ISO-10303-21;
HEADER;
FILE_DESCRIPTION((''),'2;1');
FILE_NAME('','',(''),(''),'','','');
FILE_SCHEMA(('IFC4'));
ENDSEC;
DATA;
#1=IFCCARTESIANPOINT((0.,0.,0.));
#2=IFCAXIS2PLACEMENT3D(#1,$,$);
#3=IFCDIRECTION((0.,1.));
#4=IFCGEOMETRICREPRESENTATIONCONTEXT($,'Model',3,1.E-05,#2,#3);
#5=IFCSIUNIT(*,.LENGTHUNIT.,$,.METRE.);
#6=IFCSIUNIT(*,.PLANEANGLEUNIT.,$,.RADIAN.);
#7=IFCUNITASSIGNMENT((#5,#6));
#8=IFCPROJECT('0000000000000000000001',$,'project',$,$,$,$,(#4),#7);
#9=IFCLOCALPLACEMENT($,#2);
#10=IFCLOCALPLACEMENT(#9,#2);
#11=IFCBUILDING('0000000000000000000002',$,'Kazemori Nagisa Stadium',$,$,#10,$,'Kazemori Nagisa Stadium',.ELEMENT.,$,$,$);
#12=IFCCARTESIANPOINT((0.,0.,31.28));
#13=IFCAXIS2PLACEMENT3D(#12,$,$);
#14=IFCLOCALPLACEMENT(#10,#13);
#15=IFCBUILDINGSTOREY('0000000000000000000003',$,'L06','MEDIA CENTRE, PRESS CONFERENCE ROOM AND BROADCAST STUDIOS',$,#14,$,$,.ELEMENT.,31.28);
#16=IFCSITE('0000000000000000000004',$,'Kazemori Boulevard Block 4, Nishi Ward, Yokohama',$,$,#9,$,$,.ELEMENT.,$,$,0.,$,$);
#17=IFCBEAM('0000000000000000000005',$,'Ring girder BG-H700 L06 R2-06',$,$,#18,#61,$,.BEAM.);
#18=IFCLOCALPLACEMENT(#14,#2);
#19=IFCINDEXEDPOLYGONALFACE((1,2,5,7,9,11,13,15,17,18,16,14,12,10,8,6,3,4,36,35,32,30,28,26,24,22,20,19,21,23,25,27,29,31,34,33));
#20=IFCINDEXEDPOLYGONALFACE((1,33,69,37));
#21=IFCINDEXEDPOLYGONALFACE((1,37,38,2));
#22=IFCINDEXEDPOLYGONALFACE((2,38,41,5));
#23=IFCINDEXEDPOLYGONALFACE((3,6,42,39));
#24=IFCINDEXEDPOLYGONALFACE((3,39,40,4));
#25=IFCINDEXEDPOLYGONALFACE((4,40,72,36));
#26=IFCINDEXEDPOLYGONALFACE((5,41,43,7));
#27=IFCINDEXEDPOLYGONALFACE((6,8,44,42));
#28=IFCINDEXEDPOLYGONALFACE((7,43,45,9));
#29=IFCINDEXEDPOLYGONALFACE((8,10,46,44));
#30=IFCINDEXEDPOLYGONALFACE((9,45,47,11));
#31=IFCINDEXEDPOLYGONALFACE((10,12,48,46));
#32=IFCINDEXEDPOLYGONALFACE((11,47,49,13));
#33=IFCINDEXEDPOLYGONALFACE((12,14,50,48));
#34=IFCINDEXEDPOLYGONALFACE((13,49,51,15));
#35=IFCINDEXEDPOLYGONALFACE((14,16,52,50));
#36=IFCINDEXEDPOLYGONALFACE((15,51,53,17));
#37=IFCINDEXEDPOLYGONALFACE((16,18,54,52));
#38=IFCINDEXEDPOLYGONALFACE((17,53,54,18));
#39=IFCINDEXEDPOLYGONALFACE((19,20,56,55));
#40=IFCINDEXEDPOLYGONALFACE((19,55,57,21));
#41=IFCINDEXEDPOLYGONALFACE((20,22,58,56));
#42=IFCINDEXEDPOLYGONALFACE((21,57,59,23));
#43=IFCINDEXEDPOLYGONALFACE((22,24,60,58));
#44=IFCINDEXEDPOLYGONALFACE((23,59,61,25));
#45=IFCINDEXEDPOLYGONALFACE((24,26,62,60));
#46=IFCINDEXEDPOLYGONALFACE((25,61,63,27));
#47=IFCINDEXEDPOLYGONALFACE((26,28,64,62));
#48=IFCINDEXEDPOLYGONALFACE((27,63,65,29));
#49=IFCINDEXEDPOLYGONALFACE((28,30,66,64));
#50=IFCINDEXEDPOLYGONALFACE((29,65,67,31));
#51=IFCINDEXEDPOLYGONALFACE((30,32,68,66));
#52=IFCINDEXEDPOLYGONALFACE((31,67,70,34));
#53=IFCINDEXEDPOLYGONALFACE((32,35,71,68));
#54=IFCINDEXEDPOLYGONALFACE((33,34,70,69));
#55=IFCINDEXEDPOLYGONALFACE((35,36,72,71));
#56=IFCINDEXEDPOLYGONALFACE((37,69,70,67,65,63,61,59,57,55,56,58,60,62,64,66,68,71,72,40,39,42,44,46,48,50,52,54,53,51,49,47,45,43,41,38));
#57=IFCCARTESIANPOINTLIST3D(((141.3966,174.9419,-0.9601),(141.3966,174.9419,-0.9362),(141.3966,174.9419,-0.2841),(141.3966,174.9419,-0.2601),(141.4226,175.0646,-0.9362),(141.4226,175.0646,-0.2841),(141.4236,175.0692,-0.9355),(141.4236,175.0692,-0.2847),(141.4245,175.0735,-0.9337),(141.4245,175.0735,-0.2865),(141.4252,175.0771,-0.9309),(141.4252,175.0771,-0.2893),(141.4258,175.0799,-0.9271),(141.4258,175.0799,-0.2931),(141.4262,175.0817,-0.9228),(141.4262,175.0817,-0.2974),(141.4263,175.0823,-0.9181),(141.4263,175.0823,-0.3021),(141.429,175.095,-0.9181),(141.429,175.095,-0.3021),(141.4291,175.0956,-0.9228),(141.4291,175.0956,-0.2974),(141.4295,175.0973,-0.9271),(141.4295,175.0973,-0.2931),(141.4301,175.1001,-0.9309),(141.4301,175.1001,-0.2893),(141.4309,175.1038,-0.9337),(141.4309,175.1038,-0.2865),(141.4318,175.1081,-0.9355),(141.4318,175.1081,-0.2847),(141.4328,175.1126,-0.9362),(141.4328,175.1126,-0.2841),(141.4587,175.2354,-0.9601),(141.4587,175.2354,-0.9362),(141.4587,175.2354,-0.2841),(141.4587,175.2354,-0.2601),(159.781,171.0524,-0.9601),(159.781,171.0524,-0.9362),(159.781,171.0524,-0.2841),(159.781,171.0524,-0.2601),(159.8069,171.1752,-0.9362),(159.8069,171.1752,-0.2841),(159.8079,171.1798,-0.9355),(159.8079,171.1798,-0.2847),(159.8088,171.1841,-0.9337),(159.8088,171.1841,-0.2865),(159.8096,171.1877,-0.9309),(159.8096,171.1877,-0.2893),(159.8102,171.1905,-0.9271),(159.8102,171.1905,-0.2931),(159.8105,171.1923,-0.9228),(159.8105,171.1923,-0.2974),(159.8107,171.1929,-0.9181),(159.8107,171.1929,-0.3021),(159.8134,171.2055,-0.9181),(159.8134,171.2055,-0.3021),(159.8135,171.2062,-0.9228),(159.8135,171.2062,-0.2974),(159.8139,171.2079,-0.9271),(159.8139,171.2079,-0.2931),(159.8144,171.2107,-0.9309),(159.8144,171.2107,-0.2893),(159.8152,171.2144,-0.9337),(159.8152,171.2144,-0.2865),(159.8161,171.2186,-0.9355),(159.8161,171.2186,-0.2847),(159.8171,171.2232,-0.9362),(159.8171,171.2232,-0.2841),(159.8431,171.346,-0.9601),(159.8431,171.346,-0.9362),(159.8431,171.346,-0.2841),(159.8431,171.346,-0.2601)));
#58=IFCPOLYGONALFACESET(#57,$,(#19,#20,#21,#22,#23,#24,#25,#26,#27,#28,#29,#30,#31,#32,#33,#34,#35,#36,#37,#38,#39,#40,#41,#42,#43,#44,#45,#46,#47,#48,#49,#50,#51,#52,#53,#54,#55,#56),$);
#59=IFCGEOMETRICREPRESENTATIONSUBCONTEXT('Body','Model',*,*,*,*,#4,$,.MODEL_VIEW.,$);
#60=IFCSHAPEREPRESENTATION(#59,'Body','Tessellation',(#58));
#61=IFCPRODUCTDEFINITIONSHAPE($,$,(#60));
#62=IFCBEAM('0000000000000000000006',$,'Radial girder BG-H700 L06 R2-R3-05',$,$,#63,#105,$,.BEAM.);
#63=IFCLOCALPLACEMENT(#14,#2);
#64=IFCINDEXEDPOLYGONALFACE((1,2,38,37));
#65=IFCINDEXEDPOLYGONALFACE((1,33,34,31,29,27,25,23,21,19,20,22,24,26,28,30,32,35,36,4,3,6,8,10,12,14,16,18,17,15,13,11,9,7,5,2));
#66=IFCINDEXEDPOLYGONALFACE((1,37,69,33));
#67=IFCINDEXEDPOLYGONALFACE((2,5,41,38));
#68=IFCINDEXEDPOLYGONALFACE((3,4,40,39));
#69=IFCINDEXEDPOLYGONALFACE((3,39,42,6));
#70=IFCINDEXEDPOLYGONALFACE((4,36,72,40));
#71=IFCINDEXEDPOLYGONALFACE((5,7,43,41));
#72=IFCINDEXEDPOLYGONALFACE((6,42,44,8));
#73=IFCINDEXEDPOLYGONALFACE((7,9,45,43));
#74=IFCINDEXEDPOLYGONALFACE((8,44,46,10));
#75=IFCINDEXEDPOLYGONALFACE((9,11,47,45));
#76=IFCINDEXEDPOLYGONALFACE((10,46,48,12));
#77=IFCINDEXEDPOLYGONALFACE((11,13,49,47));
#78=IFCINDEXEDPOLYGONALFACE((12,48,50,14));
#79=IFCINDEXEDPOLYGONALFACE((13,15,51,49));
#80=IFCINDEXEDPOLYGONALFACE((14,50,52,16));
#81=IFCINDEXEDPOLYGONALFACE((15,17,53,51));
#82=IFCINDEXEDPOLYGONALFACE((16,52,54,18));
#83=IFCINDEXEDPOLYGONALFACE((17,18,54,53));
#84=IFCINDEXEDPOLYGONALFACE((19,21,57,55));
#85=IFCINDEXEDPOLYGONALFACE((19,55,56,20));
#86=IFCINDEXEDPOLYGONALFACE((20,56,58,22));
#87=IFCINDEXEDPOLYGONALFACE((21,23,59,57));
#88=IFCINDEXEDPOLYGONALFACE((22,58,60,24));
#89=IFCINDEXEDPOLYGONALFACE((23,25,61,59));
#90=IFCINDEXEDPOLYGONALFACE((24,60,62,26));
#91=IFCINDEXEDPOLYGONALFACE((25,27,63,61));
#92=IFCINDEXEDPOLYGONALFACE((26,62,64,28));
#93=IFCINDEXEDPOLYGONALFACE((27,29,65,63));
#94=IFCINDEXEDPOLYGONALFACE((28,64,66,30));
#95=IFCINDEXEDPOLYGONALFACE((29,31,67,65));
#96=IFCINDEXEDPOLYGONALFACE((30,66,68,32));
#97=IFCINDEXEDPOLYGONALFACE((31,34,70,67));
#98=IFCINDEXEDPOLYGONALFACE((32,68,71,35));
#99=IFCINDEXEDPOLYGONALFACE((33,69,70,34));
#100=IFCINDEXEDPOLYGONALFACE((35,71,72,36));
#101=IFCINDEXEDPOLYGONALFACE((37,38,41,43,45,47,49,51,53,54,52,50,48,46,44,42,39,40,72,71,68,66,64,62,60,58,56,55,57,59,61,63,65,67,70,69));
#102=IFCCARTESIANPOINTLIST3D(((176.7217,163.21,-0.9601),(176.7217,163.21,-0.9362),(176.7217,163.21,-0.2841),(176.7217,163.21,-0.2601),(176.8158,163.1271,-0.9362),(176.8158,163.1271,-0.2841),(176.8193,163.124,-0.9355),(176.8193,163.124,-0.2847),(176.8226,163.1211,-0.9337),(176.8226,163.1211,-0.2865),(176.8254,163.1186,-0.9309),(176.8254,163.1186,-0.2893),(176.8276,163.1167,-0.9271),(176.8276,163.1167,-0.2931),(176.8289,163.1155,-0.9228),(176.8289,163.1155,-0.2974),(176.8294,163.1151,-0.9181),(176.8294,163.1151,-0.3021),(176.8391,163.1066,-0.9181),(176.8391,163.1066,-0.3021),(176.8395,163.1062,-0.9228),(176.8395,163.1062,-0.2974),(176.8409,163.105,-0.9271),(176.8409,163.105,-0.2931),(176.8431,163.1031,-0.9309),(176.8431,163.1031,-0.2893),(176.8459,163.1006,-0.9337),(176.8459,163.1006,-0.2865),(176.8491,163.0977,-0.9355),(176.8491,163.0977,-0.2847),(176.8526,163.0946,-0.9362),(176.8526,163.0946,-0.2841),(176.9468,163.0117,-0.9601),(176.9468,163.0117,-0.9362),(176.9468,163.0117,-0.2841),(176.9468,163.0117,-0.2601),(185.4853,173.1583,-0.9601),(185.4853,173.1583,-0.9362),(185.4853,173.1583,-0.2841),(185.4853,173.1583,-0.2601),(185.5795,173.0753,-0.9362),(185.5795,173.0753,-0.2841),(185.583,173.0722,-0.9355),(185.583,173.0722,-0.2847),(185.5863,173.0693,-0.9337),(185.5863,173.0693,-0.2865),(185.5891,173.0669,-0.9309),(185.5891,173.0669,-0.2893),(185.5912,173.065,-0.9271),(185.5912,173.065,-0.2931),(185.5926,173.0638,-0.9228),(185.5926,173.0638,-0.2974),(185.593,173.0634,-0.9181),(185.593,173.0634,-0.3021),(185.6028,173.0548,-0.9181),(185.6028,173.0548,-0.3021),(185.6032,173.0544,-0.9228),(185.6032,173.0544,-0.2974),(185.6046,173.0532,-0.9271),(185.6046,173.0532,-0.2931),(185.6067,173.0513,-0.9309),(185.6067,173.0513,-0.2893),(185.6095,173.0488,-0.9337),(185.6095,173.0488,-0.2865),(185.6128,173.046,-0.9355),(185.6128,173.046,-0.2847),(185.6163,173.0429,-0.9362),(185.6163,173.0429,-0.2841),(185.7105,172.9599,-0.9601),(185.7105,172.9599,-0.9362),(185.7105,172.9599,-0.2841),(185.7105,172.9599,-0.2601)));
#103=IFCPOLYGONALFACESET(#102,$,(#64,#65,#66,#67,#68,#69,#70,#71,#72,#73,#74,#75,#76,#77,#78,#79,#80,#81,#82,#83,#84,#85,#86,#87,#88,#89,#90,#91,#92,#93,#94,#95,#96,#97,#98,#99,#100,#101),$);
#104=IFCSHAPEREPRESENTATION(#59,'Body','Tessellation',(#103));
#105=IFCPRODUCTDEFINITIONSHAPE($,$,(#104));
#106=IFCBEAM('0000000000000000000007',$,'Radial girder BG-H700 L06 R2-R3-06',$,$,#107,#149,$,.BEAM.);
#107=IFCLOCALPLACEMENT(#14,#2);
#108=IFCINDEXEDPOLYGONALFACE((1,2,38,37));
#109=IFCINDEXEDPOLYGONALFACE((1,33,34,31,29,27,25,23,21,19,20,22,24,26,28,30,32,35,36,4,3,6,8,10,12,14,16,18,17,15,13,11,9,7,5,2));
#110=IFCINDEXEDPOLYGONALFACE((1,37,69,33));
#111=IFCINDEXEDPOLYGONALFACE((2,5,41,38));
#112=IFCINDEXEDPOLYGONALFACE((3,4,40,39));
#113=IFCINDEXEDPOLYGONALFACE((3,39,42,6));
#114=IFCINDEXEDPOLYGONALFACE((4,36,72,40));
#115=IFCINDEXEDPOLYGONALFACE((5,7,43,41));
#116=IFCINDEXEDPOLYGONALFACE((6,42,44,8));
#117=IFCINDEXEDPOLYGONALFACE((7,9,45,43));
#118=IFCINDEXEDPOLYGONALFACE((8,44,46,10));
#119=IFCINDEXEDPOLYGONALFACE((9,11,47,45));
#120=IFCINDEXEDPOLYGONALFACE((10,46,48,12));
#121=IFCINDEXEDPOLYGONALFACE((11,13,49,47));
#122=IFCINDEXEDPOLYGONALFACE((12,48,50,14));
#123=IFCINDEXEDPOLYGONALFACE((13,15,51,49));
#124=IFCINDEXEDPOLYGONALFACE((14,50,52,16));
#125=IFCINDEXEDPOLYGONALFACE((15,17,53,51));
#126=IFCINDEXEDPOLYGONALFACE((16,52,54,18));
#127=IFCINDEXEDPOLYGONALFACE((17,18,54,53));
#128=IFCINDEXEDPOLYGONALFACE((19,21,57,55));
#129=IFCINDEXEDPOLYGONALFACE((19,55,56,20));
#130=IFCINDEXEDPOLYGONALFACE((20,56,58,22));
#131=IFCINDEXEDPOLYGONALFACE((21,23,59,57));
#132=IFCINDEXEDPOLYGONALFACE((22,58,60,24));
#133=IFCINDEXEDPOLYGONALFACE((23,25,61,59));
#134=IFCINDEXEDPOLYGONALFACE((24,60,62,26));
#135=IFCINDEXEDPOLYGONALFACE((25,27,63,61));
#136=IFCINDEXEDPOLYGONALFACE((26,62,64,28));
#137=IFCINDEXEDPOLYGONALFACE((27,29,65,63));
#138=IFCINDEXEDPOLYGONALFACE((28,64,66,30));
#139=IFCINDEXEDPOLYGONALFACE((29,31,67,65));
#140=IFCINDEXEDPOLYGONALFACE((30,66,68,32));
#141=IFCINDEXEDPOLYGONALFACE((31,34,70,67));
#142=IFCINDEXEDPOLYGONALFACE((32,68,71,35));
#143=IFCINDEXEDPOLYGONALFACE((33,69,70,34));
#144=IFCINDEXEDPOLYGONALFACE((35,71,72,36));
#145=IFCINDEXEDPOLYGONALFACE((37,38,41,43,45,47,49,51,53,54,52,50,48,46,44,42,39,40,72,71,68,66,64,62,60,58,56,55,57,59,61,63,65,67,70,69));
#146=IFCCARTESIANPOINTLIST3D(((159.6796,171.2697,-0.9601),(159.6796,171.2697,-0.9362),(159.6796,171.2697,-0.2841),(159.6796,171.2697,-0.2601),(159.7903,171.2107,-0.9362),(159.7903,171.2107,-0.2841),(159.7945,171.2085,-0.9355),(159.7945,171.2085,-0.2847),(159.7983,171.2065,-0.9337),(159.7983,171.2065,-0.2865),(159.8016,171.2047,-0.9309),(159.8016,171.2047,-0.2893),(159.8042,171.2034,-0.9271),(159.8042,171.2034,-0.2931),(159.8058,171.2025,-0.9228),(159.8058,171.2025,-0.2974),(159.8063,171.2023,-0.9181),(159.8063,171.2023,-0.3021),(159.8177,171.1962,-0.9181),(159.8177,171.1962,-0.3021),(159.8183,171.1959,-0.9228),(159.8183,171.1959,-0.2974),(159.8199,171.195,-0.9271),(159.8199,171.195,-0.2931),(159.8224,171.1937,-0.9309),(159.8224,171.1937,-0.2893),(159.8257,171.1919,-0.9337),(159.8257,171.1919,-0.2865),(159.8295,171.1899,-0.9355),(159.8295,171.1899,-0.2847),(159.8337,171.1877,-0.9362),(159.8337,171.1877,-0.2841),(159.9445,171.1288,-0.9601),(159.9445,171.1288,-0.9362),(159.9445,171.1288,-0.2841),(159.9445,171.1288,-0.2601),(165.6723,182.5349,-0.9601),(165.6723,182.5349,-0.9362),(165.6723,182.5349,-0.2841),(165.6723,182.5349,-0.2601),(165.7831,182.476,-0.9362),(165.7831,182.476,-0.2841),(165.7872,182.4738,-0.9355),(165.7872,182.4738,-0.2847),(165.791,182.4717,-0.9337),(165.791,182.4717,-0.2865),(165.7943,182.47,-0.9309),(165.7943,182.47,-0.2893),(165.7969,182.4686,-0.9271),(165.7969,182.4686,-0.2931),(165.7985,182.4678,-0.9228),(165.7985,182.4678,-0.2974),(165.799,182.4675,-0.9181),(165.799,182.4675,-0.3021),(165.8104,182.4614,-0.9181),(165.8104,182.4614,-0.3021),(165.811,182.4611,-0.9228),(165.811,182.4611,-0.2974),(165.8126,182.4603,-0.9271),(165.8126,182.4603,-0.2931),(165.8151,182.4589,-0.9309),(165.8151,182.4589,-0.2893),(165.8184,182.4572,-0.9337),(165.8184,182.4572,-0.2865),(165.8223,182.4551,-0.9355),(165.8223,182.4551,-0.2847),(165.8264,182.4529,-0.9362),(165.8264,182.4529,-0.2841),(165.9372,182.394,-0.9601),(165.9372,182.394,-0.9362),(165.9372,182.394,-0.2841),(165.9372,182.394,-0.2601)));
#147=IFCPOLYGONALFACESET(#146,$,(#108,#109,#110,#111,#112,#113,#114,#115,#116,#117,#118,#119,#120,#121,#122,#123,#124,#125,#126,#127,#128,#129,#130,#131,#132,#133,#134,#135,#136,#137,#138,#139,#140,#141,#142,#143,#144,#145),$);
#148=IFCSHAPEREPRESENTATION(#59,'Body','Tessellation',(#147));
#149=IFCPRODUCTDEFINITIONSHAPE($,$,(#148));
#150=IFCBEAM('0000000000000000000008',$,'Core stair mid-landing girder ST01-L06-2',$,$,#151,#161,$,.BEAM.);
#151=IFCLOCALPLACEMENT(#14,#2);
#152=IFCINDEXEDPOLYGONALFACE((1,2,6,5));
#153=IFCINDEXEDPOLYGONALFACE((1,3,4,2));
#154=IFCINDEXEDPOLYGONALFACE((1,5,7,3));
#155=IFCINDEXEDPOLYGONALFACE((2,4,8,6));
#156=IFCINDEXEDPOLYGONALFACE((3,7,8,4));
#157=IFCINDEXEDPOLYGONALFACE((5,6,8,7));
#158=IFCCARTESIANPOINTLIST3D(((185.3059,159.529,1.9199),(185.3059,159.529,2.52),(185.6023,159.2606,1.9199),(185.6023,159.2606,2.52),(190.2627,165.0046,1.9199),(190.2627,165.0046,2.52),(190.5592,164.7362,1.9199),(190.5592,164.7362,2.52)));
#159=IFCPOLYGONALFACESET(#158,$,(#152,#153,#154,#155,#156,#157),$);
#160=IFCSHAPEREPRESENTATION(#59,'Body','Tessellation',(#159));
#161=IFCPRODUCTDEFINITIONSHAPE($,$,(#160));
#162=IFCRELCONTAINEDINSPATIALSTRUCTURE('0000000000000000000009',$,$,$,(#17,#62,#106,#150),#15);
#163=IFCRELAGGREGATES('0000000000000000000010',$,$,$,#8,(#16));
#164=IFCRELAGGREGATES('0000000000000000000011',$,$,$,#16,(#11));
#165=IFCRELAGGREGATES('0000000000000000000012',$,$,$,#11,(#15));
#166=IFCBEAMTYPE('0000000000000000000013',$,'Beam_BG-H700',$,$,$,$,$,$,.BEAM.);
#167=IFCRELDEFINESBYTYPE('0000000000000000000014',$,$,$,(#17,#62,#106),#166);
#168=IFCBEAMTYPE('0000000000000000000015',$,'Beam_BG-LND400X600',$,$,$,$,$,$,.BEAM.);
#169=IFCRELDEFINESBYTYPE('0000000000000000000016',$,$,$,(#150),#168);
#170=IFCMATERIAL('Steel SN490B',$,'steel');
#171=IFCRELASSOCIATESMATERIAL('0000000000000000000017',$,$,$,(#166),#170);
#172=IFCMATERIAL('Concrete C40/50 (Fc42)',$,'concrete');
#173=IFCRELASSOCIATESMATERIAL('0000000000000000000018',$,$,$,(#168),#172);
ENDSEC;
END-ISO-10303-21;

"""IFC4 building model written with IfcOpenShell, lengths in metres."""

from ifc_helpers import new_model, si_unit, direction, frame, origin, origin_2d, place, context, subcontext, project, spatial, rectangle, i_section, extrude, material, material_profile, profile_set, type_object, element, save


model = new_model("IFC4")

# Units and contexts
model_context = context("Model", 3, precision=1e-05, world=origin(), true_north=direction((0.0, 1.0)))
body_context = subcontext(model_context, "Body", "Model", "MODEL_VIEW")
ifc_project = project(units=[si_unit("LENGTHUNIT", "METRE"), si_unit("PLANEANGLEUNIT", "RADIAN")], contexts=[model_context])

# Site, building, storey
site_placement = place(None, origin())
site = spatial("IfcSite", under=ifc_project, at=site_placement, Name="Kazemori Boulevard Block 4, Nishi Ward, Yokohama", CompositionType="ELEMENT", RefElevation=0.0)
building_placement = place(site_placement, origin())
building = spatial("IfcBuilding", under=site, at=building_placement, Name="Kazemori Nagisa Stadium", LongName="Kazemori Nagisa Stadium", CompositionType="ELEMENT")
storey_placement = place(building_placement, frame((0.0, 0.0, 31.28)))
storey = spatial("IfcBuildingStorey", under=building, at=storey_placement, Name="L06", Description="MEDIA CENTRE, PRESS CONFERENCE ROOM AND BROADCAST STUDIOS", CompositionType="ELEMENT", Elevation=31.28)

# Shared definitions
ifc_material_1 = material(Name="Steel SN490B", Category="steel")

# Beams
ifc_material_profile_1 = material_profile(ifc_material_1, i_section(OverallWidth=0.3, OverallDepth=0.7, WebThickness=0.0129, FlangeThickness=0.0239, FilletRadius=0.0181, at=origin_2d()), Name="H-700x300x13x24")
ifc_profile_set_1 = profile_set([ifc_material_profile_1], Name="Steel SN490B")
beam_type_1 = type_object("IfcBeamType", Name="Beam_BG-H700", PredefinedType="BEAM", material=ifc_profile_set_1)
beam_1_placement = place(storey_placement, frame((159.812, 171.1992, -0.6101), z_axis=(-0.978345, 0.20698, 0.0), x_axis=(-0.20698, -0.978345, 0.0)))
element("IfcBeam", 1, at=beam_1_placement, inside=storey, type_object=beam_type_1, Name="Ring girder BG-H700 L06 R2-06", PredefinedType="BEAM", context=body_context, shape_type="SweptSolid", body=[
    extrude(i_section(OverallWidth=0.3, OverallDepth=0.7, WebThickness=0.0129, FlangeThickness=0.0239, FilletRadius=0.0181, at=origin_2d()), origin(), (0.0, 0.0, 1.0), 18.7913),
])
beam_2_placement = place(storey_placement, frame((176.8342, 163.1108, -0.6101), z_axis=(0.66102, 0.750369, 0.0), x_axis=(-0.750369, 0.66102, 0.0)))
element("IfcBeam", 2, at=beam_2_placement, inside=storey, type_object=beam_type_1, Name="Radial girder BG-H700 L06 R2-R3-05", PredefinedType="BEAM", context=body_context, shape_type="SweptSolid", body=[
    extrude(i_section(OverallWidth=0.3, OverallDepth=0.7, WebThickness=0.0129, FlangeThickness=0.0239, FilletRadius=0.0181, at=origin_2d()), origin(), (0.0, 0.0, 1.0), 13.2578),
])
beam_3_placement = place(storey_placement, frame((159.812, 171.1992, -0.6101), z_axis=(0.469649, 0.882853, 0.0), x_axis=(-0.882853, 0.469649, 0.0)))
element("IfcBeam", 3, at=beam_3_placement, inside=storey, type_object=beam_type_1, Name="Radial girder BG-H700 L06 R2-R3-06", PredefinedType="BEAM", context=body_context, shape_type="SweptSolid", body=[
    extrude(i_section(OverallWidth=0.3, OverallDepth=0.7, WebThickness=0.0129, FlangeThickness=0.0239, FilletRadius=0.0181, at=origin_2d()), origin(), (0.0, 0.0, 1.0), 12.76),
])
ifc_material_2 = material(Name="Concrete C40/50 (Fc42)", Category="concrete")
ifc_material_profile_2 = material_profile(ifc_material_2, rectangle(XDim=0.3999, YDim=0.6001, at=origin_2d()), Name="RC-BM-400x600")
ifc_profile_set_2 = profile_set([ifc_material_profile_2], Name="Concrete C40/50 (Fc42)")
beam_type_2 = type_object("IfcBeamType", Name="Beam_BG-LND400X600", PredefinedType="BEAM", material=ifc_profile_set_2)
beam_4_placement = place(storey_placement, frame((185.4541, 159.3948, 2.22), z_axis=(0.671113, 0.741355, 0.0), x_axis=(-0.741355, 0.671113, 0.0)))
element("IfcBeam", 4, at=beam_4_placement, inside=storey, type_object=beam_type_2, Name="Core stair mid-landing girder ST01-L06-2", PredefinedType="BEAM", context=body_context, shape_type="SweptSolid", body=[
    extrude(rectangle(XDim=0.3999, YDim=0.6001, at=origin_2d()), origin(), (0.0, 0.0, 1.0), 7.386),
])

save(model, "model.ifc")
